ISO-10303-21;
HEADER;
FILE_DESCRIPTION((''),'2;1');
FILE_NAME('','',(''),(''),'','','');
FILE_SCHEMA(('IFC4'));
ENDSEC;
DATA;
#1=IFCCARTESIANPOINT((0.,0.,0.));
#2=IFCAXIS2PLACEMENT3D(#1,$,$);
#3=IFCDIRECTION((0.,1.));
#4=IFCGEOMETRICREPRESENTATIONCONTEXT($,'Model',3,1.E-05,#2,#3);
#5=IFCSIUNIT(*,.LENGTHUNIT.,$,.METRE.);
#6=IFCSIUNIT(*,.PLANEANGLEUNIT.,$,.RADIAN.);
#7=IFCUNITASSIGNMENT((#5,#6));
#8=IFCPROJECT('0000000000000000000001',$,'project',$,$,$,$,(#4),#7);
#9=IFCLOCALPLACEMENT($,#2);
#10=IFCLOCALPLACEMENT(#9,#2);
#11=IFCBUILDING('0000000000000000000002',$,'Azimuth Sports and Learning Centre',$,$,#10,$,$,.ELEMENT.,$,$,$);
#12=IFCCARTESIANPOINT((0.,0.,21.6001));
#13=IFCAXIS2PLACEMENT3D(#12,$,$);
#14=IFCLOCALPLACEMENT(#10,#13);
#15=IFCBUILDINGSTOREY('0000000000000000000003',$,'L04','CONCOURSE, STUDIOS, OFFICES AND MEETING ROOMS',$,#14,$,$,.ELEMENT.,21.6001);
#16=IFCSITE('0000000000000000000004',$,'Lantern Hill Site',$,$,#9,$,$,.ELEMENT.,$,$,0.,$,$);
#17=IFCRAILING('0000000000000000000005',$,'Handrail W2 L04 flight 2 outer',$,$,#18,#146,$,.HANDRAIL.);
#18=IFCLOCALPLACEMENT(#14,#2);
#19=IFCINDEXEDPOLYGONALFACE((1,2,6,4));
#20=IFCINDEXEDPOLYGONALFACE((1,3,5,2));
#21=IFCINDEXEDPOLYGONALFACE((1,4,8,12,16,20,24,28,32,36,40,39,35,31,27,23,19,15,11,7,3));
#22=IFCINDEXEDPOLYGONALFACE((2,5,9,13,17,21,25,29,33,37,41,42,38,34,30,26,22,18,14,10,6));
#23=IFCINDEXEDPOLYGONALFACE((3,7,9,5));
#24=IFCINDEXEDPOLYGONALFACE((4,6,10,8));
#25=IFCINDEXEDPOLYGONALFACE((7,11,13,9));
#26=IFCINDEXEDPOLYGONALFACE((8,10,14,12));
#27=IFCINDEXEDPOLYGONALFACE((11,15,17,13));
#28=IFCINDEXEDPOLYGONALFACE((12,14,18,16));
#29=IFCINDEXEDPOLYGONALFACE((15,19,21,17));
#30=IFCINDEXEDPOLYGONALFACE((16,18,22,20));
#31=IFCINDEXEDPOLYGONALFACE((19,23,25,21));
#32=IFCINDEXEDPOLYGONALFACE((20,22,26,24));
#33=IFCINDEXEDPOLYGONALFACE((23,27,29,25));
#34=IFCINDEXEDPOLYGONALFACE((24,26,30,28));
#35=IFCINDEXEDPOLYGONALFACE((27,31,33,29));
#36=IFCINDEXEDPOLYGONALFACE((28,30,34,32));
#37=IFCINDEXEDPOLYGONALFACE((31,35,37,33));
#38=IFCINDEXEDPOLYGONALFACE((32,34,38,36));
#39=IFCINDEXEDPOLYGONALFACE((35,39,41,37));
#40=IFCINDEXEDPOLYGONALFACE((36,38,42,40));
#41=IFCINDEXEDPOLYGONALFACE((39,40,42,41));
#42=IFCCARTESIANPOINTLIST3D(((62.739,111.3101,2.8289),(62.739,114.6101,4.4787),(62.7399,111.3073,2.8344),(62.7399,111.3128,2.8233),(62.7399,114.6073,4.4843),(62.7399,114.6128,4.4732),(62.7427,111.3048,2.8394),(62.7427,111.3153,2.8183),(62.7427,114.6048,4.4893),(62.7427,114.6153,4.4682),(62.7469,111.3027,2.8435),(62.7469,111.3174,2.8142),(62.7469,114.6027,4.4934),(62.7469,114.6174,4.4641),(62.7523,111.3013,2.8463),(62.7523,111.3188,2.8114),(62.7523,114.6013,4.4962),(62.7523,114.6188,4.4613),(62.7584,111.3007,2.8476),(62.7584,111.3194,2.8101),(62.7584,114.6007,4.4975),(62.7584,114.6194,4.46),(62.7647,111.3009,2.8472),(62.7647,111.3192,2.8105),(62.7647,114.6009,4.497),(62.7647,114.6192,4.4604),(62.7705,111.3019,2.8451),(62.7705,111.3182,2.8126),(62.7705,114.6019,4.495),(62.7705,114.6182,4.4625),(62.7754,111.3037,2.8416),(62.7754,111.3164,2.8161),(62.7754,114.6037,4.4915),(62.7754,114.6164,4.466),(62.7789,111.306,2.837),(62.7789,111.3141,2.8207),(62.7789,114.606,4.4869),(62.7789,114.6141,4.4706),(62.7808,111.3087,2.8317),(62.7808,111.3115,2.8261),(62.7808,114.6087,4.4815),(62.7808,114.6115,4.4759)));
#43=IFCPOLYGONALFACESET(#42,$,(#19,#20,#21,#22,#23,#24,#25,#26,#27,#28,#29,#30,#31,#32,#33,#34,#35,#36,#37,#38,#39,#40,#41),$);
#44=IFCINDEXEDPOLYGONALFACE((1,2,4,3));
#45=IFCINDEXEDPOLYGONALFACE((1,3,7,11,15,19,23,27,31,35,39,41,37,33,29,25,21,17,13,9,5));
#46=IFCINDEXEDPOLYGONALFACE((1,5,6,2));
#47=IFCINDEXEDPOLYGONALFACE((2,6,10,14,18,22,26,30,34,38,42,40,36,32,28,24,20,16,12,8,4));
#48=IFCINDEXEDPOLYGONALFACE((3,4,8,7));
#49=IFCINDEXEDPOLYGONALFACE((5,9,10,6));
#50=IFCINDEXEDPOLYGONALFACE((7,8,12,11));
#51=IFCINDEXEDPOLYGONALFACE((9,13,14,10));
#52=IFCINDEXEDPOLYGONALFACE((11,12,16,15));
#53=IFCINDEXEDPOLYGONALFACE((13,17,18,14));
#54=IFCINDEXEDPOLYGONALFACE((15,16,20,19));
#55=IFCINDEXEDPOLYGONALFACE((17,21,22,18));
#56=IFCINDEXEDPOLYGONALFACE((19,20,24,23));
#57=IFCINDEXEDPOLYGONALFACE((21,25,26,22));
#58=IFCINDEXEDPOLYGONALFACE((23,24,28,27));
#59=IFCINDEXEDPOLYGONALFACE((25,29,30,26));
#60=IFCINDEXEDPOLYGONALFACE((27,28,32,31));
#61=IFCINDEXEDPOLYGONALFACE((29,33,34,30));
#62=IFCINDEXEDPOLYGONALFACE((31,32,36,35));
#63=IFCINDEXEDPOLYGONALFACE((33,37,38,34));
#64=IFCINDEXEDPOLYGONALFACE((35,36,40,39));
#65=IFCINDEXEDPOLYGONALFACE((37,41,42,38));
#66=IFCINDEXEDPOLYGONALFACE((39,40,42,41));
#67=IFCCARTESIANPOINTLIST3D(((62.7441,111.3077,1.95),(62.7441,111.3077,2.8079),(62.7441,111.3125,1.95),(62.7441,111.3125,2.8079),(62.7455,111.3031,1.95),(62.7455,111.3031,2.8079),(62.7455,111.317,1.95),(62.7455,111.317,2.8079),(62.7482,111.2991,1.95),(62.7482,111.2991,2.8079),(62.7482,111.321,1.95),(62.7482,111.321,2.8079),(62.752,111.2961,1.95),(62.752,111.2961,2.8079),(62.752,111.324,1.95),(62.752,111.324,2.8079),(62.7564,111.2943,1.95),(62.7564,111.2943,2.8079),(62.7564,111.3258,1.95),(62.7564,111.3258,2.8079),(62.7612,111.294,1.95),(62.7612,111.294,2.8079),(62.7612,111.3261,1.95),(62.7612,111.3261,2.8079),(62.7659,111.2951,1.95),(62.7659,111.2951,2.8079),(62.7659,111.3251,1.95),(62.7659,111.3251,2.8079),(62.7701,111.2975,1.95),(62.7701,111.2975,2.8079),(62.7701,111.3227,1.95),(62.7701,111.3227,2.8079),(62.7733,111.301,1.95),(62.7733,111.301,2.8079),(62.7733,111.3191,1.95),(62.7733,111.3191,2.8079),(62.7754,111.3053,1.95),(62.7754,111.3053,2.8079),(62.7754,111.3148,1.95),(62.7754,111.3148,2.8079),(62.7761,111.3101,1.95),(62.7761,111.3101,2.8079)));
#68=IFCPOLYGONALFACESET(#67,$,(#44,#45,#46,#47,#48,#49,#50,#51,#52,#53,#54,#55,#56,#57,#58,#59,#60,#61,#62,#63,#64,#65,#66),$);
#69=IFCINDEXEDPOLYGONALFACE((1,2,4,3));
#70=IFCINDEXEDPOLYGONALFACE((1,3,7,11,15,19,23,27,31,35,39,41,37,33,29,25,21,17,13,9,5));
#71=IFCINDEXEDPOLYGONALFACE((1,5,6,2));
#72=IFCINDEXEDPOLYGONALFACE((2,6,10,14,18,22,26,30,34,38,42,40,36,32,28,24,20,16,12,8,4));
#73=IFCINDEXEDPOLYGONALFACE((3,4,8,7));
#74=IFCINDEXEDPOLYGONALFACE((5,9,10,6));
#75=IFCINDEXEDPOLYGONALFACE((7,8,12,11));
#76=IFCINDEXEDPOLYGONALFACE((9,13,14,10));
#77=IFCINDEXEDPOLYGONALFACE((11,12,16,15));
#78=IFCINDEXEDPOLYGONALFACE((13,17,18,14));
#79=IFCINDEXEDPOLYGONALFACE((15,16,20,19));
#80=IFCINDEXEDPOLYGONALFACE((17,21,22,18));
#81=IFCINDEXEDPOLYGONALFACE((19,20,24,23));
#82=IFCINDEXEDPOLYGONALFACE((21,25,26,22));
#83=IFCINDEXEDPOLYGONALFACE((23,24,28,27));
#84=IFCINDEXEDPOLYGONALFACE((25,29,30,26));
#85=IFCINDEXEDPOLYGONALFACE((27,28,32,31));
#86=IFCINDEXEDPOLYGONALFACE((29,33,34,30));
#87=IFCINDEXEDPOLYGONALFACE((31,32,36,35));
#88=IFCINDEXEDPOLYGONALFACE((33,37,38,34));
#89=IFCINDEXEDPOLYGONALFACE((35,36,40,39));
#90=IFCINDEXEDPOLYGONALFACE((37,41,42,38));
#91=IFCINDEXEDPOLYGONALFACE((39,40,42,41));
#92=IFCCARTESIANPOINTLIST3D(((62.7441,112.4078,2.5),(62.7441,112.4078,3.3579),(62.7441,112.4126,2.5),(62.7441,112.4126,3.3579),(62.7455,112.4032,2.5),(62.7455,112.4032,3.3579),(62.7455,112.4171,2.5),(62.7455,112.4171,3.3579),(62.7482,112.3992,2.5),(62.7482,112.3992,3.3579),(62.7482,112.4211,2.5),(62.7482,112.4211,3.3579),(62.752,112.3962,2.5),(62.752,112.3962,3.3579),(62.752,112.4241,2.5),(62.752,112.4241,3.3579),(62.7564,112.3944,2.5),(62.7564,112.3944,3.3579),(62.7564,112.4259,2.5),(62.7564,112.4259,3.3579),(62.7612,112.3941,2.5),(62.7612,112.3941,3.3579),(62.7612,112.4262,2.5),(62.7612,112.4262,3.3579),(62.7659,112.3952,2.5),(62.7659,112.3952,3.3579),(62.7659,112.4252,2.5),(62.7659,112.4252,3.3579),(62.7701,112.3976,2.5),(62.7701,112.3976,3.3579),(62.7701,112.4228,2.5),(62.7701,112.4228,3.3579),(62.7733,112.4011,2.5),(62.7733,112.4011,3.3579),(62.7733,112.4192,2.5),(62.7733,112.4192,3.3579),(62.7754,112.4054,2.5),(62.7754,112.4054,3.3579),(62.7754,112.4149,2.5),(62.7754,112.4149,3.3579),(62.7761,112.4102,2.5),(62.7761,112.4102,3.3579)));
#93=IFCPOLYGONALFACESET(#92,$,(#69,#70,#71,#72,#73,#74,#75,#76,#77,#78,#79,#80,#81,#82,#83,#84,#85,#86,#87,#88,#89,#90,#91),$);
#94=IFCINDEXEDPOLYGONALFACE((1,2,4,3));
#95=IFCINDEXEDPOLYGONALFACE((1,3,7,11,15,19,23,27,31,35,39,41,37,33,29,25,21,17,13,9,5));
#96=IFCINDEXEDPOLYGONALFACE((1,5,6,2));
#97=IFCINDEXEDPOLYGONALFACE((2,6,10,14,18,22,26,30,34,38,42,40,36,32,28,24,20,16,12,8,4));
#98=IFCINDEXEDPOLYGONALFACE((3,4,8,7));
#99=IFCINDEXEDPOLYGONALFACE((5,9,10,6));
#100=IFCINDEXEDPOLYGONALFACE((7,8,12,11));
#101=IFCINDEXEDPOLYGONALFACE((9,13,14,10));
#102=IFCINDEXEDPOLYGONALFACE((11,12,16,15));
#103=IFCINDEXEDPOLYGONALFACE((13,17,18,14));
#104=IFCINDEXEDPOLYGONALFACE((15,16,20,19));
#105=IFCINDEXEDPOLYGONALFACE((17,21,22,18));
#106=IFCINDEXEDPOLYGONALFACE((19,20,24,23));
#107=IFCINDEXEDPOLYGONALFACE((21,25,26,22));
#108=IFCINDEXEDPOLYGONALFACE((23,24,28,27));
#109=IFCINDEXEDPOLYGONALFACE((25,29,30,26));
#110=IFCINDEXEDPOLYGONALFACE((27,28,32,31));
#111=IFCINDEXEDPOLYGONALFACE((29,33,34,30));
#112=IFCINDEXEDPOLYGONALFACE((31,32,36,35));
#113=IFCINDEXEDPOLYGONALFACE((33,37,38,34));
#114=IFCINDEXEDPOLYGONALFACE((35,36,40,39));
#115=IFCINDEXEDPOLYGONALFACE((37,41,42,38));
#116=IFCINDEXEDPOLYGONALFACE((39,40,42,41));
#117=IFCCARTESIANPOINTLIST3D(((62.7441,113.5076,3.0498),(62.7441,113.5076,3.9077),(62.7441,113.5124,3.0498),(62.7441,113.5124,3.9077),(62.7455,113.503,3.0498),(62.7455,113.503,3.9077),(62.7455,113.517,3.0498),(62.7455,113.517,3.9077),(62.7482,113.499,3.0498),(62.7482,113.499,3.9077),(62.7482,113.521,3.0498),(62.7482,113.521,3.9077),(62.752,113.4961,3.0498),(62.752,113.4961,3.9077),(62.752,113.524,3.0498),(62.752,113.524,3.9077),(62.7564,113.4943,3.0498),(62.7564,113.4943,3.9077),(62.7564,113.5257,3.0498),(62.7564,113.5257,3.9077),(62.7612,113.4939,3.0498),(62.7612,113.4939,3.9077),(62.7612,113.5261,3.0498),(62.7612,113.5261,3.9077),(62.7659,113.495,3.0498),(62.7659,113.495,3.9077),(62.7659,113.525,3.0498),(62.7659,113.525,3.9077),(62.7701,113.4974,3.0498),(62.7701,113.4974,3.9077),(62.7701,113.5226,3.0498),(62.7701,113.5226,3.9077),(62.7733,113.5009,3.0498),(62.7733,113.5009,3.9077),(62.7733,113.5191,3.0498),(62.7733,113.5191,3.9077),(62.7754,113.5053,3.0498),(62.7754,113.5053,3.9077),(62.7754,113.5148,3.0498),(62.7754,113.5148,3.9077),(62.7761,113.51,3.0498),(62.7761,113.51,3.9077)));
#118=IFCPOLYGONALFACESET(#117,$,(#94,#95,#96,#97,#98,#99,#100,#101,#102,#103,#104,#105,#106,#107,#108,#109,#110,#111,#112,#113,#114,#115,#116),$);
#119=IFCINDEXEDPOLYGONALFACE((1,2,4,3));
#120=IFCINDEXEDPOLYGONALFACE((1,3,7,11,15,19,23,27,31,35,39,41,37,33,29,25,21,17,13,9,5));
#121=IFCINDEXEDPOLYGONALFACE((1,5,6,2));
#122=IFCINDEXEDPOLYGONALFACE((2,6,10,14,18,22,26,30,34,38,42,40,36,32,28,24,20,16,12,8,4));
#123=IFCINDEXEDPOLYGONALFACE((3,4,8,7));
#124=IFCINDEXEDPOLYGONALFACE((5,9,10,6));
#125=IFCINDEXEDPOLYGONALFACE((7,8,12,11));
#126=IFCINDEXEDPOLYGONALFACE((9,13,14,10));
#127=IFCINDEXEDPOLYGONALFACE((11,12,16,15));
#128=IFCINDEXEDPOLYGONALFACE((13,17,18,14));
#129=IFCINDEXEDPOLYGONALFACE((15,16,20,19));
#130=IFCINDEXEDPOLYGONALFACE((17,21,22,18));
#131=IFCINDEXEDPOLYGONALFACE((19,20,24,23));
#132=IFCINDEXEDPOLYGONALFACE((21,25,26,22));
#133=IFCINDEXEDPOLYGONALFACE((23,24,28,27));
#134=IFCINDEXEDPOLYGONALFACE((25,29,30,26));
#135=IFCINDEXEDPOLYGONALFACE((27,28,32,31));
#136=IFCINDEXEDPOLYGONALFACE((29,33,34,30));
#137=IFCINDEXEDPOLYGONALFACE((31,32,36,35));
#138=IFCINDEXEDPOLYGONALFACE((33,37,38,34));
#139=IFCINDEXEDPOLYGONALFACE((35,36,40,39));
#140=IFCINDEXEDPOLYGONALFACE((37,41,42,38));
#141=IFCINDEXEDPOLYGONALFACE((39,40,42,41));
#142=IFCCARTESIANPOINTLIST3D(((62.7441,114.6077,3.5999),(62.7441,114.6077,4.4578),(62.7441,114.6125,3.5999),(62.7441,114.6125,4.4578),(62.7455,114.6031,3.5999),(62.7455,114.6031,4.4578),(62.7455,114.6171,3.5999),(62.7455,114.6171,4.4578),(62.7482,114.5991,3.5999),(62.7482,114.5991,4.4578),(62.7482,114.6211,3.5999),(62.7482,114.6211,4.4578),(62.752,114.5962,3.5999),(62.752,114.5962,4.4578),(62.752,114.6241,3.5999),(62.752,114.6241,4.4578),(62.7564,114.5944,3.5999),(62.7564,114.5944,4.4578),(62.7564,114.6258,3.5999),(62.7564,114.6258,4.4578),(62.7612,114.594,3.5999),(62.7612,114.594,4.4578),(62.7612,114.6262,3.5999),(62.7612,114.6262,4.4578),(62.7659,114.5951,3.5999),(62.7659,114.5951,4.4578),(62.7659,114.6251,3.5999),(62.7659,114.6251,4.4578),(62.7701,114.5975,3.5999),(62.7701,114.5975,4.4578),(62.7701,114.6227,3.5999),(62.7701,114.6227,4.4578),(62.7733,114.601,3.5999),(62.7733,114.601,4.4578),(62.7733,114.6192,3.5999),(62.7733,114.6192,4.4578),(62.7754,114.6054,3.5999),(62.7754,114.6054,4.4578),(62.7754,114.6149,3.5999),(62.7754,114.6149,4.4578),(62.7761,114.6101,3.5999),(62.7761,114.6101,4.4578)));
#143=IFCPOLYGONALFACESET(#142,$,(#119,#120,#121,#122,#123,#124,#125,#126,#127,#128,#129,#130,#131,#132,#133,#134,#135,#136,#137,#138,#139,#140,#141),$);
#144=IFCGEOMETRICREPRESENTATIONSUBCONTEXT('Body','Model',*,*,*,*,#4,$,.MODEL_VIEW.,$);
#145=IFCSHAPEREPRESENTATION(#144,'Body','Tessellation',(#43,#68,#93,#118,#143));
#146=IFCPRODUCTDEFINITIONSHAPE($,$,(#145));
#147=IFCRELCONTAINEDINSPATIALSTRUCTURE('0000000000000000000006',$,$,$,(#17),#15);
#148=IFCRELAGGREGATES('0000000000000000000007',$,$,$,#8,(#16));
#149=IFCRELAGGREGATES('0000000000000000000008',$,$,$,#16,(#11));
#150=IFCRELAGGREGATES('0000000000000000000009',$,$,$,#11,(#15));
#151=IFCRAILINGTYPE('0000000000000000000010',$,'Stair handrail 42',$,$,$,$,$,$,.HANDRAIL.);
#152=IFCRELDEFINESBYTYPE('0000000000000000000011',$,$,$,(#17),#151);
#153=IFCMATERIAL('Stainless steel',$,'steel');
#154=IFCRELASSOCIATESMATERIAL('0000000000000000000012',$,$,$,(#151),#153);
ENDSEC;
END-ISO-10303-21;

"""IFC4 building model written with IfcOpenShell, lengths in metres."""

from ifc_helpers import new_model, si_unit, direction, frame, origin, origin_2d, place, context, subcontext, project, spatial, circle, extrude, material, type_object, element, save


model = new_model("IFC4")

# Units and contexts
model_context = context("Model", 3, precision=1e-05, world=origin(), true_north=direction((0.0, 1.0)))
body_context = subcontext(model_context, "Body", "Model", "MODEL_VIEW")
ifc_project = project(units=[si_unit("LENGTHUNIT", "METRE"), si_unit("PLANEANGLEUNIT", "RADIAN")], contexts=[model_context])

# Site, building, storey
site_placement = place(None, origin())
site = spatial("IfcSite", under=ifc_project, at=site_placement, Name="Lantern Hill Site", CompositionType="ELEMENT", RefElevation=0.0)
building_placement = place(site_placement, origin())
building = spatial("IfcBuilding", under=site, at=building_placement, Name="Azimuth Sports and Learning Centre", CompositionType="ELEMENT")
storey_placement = place(building_placement, frame((0.0, 0.0, 21.6001)))
storey = spatial("IfcBuildingStorey", under=building, at=storey_placement, Name="L04", Description="CONCOURSE, STUDIOS, OFFICES AND MEETING ROOMS", CompositionType="ELEMENT", Elevation=21.6001)

# Railing
ifc_material_1 = material(Name="Stainless steel", Category="steel")
railing_type = type_object("IfcRailingType", Name="Stair handrail 42", PredefinedType="HANDRAIL", material=ifc_material_1)
for number, where, name in (
    (1, (62.76, 111.3101, 1.95), "Handrail W2 L04 flight 2 outer"),
):
    element("IfcRailing", number, at=place(storey_placement, frame(where)), inside=storey, type_object=railing_type, Name=name, PredefinedType="HANDRAIL", context=body_context, shape_type="SweptSolid", body=[
        extrude(circle(Radius=0.021, at=origin_2d()), frame((0.0, 0.0, 0.8789), z_axis=(0.0, 0.89444, 0.447187), x_axis=(-1.0, 0.0, 0.0)), (0.0, 0.0, 1.0), 3.6895),
        extrude(circle(Radius=0.0161, at=origin_2d()), origin(), (0.0, 0.0, 1.0), 0.8579),
        extrude(circle(Radius=0.0161, at=origin_2d()), frame((0.0, 1.1001, 0.55)), (0.0, 0.0, 1.0), 0.8579),
        extrude(circle(Radius=0.0161, at=origin_2d()), frame((0.0, 2.2, 1.0999)), (0.0, 0.0, 1.0), 0.8579),
        extrude(circle(Radius=0.0161, at=origin_2d()), frame((0.0, 3.3, 1.6499)), (0.0, 0.0, 1.0), 0.8579),
    ])

save(model, "model.ifc")
